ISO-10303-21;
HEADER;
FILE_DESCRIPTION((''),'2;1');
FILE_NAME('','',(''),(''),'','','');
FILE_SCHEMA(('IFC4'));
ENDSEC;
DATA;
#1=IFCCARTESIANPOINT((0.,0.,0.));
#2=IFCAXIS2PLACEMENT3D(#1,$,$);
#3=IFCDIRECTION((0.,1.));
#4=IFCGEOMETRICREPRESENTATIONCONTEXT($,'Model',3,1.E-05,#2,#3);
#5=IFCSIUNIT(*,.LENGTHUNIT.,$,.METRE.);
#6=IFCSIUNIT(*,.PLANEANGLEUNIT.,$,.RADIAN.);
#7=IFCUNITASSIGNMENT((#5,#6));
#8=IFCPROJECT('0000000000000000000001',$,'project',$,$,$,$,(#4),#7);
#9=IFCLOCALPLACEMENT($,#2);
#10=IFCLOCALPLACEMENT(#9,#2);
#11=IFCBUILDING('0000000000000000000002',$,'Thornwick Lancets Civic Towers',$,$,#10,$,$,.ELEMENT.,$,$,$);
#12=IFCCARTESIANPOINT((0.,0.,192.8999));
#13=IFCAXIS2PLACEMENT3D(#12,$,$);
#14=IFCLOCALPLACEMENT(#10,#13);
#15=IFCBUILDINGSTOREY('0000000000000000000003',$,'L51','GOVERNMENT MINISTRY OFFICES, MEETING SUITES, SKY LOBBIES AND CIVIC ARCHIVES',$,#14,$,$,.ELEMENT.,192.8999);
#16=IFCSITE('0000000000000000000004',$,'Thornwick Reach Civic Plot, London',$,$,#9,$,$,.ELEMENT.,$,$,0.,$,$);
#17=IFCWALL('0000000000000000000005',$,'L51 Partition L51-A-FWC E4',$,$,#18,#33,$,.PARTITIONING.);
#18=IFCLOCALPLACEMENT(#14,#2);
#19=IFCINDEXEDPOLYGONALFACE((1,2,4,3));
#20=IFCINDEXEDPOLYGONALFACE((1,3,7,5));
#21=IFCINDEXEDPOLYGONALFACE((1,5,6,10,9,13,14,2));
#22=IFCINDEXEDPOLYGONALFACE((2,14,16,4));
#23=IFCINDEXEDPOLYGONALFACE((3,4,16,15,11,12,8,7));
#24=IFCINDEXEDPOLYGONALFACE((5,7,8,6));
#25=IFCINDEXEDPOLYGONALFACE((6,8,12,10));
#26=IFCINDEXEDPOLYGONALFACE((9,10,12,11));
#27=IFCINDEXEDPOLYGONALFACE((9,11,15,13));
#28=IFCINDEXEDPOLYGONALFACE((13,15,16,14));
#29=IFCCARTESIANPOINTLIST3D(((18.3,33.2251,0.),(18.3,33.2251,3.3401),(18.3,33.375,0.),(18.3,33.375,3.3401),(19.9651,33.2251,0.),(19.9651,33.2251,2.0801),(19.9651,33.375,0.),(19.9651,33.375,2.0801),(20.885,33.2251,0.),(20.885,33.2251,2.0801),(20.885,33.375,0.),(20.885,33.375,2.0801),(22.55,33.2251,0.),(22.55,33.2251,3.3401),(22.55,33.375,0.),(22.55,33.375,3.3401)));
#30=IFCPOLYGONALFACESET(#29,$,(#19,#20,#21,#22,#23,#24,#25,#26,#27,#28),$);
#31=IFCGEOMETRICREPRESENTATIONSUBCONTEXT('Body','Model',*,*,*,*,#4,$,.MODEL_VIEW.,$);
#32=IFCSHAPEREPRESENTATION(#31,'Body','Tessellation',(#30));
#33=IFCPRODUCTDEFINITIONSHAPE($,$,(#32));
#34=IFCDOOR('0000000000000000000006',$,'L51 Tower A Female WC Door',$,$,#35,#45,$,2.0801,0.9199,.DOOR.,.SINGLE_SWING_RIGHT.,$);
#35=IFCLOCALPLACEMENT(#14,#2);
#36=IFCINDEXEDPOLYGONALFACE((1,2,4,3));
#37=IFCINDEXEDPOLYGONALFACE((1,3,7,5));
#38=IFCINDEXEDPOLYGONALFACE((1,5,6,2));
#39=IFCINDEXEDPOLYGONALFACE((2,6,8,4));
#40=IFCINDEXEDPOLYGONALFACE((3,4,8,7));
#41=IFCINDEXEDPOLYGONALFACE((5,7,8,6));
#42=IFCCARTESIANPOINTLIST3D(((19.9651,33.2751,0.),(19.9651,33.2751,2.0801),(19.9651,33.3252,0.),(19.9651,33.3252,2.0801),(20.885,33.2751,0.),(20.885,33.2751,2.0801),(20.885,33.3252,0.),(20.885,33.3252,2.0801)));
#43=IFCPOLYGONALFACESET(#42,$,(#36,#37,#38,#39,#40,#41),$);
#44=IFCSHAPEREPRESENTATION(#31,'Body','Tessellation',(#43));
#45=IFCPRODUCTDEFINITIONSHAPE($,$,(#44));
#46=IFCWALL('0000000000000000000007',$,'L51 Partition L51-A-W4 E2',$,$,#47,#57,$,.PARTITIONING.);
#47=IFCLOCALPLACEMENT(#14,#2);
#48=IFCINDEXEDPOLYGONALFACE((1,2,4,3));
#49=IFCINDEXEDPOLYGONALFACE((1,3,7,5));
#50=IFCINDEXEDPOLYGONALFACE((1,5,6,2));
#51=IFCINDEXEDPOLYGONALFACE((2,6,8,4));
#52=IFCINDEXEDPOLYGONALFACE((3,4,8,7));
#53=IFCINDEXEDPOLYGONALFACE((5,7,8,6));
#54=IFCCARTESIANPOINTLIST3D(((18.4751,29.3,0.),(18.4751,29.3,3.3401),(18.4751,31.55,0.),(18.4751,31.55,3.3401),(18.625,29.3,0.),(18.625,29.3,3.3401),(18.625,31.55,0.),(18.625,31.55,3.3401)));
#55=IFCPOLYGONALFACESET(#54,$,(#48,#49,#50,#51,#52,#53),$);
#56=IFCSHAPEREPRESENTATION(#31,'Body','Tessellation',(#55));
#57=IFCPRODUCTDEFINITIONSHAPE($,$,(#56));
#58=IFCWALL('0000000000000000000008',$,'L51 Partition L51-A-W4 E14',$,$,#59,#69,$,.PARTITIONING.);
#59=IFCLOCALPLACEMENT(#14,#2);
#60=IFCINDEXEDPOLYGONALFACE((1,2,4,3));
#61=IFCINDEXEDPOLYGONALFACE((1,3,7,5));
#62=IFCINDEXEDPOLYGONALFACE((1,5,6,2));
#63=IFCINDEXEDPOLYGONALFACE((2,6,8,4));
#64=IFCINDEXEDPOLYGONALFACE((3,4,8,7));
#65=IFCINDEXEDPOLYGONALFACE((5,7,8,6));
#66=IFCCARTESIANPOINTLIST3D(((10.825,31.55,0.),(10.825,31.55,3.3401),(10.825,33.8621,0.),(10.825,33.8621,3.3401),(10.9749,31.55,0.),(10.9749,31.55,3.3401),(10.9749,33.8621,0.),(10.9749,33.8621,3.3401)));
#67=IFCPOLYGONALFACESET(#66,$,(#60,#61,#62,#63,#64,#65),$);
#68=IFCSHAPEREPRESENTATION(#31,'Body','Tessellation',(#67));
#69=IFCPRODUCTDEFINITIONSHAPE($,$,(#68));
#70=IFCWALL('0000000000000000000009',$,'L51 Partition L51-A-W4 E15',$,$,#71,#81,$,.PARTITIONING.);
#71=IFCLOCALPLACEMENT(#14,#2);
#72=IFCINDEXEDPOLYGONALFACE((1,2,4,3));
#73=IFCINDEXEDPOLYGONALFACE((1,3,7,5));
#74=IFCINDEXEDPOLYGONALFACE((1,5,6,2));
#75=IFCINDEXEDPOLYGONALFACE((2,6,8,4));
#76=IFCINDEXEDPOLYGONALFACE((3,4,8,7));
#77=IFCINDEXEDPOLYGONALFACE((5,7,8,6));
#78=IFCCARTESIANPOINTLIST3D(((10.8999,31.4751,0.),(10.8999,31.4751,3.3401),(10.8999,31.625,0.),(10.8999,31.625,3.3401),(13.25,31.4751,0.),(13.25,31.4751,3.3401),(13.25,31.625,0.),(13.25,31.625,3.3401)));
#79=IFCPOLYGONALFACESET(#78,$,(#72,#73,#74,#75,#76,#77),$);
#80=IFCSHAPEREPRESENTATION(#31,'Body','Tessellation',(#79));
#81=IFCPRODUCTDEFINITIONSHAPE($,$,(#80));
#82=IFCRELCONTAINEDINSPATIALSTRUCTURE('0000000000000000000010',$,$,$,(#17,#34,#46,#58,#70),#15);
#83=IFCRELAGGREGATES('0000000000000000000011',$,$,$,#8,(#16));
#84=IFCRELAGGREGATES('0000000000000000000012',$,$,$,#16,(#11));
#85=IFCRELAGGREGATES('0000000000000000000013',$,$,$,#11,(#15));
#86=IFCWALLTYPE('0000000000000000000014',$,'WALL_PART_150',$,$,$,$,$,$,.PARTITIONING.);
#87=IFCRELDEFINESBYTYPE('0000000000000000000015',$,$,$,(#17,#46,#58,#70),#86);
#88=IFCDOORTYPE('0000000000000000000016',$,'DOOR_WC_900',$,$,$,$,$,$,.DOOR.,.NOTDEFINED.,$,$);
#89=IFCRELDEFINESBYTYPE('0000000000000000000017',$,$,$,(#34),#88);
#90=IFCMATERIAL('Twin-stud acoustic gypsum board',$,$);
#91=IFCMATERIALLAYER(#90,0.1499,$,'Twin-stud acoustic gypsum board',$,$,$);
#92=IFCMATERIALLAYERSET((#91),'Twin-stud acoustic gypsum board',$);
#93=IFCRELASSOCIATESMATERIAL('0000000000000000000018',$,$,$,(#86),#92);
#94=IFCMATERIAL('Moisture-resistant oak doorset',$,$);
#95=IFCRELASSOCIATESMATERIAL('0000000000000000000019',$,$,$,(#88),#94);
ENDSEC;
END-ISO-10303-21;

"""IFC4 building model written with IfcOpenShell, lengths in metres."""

from ifc_helpers import new_model, si_unit, direction, frame, frame_2d, origin, place, context, subcontext, project, spatial, rectangle, extrude, material, layer, layer_set, type_object, element, fill, save


model = new_model("IFC4")

# Units and contexts
model_context = context("Model", 3, precision=1e-05, world=origin(), true_north=direction((0.0, 1.0)))
body_context = subcontext(model_context, "Body", "Model", "MODEL_VIEW")
ifc_project = project(units=[si_unit("LENGTHUNIT", "METRE"), si_unit("PLANEANGLEUNIT", "RADIAN")], contexts=[model_context])

# Site, building, storey
site_placement = place(None, origin())
site = spatial("IfcSite", under=ifc_project, at=site_placement, Name="Thornwick Reach Civic Plot, London", CompositionType="ELEMENT", RefElevation=0.0)
building_placement = place(site_placement, origin())
building = spatial("IfcBuilding", under=site, at=building_placement, Name="Thornwick Lancets Civic Towers", CompositionType="ELEMENT")
storey_placement = place(building_placement, frame((0.0, 0.0, 192.8999)))
storey = spatial("IfcBuildingStorey", under=building, at=storey_placement, Name="L51", Description="GOVERNMENT MINISTRY OFFICES, MEETING SUITES, SKY LOBBIES AND CIVIC ARCHIVES", CompositionType="ELEMENT", Elevation=192.8999)

# Shared definitions
ifc_material_1 = material(Name="Twin-stud acoustic gypsum board")
ifc_layer_1 = layer(ifc_material_1, 0.1499, Name="Twin-stud acoustic gypsum board")
ifc_layer_set_1 = layer_set([ifc_layer_1], Name="Twin-stud acoustic gypsum board")
wall_type_1 = type_object("IfcWallType", Name="WALL_PART_150", PredefinedType="PARTITIONING", material=ifc_layer_set_1)

# Wall, opening, door
wall_1_placement = place(storey_placement, frame((22.55, 33.3, 0.0), z_axis=(0.0, 0.0, 1.0), x_axis=(-1.0, 0.0, 0.0)))
wall_1 = element("IfcWall", 1, at=wall_1_placement, inside=storey, type_object=wall_type_1, Name="L51 Partition L51-A-FWC E4", PredefinedType="PARTITIONING", context=body_context, shape_type="SweptSolid", body=[
    extrude(rectangle(XDim=4.25, YDim=0.1499, at=frame_2d((2.125, 0.0))), origin(), (0.0, 0.0, 1.0), 3.3401),
])
opening_1_placement = place(wall_1_placement, frame((1.665, 0.0, 0.0)))
opening_1 = element("IfcOpeningElement", 2, at=opening_1_placement, cuts=wall_1, PredefinedType="OPENING", context=body_context, shape_type="SweptSolid", body=[
    extrude(rectangle(XDim=0.9199, YDim=2.0801, at=frame_2d((0.46, 1.04))), frame((0.0, 0.085, 0.0), z_axis=(0.0, -1.0, 0.0), x_axis=(1.0, 0.0, 0.0)), (0.0, 0.0, 1.0), 0.1699),
])
ifc_material_2 = material(Name="Moisture-resistant oak doorset")
door_type_1 = type_object("IfcDoorType", Name="DOOR_WC_900", OperationType="NOTDEFINED", PredefinedType="DOOR", material=ifc_material_2)
door_1_placement = place(opening_1_placement, origin())
door_1 = element("IfcDoor", 3, at=door_1_placement, inside=storey, type_object=door_type_1, Name="L51 Tower A Female WC Door", OperationType="SINGLE_SWING_RIGHT", OverallHeight=2.0801, OverallWidth=0.9199, PredefinedType="DOOR", context=body_context, shape_type="SweptSolid", body=[
    extrude(rectangle(XDim=0.9199, YDim=2.0801, at=frame_2d((0.46, 1.04))), frame((0.0, 0.0249, 0.0), z_axis=(0.0, -1.0, 0.0), x_axis=(1.0, 0.0, 0.0)), (0.0, 0.0, 1.0), 0.05),
])
fill(opening_1, door_1)

# Walls
wall_2_placement = place(storey_placement, frame((18.55, 31.55, 0.0), z_axis=(0.0, 0.0, 1.0), x_axis=(0.0, -1.0, 0.0)))
element("IfcWall", 4, at=wall_2_placement, inside=storey, type_object=wall_type_1, Name="L51 Partition L51-A-W4 E2", PredefinedType="PARTITIONING", context=body_context, shape_type="SweptSolid", body=[
    extrude(rectangle(XDim=2.25, YDim=0.1499, at=frame_2d((1.125, 0.0))), origin(), (0.0, 0.0, 1.0), 3.3401),
])
wall_3_placement = place(storey_placement, frame((10.8999, 33.8621, 0.0), z_axis=(0.0, 0.0, 1.0), x_axis=(0.0, -1.0, 0.0)))
element("IfcWall", 5, at=wall_3_placement, inside=storey, type_object=wall_type_1, Name="L51 Partition L51-A-W4 E14", PredefinedType="PARTITIONING", context=body_context, shape_type="SweptSolid", body=[
    extrude(rectangle(XDim=2.312, YDim=0.1499, at=frame_2d((1.156, 0.0))), origin(), (0.0, 0.0, 1.0), 3.3401),
])
wall_4_placement = place(storey_placement, frame((10.8999, 31.55, 0.0), z_axis=(0.0, 0.0, 1.0), x_axis=(1.0, 0.0, 0.0)))
element("IfcWall", 6, at=wall_4_placement, inside=storey, type_object=wall_type_1, Name="L51 Partition L51-A-W4 E15", PredefinedType="PARTITIONING", context=body_context, shape_type="SweptSolid", body=[
    extrude(rectangle(XDim=2.3501, YDim=0.1499, at=frame_2d((1.175, 0.0))), origin(), (0.0, 0.0, 1.0), 3.3401),
])

save(model, "model.ifc")
